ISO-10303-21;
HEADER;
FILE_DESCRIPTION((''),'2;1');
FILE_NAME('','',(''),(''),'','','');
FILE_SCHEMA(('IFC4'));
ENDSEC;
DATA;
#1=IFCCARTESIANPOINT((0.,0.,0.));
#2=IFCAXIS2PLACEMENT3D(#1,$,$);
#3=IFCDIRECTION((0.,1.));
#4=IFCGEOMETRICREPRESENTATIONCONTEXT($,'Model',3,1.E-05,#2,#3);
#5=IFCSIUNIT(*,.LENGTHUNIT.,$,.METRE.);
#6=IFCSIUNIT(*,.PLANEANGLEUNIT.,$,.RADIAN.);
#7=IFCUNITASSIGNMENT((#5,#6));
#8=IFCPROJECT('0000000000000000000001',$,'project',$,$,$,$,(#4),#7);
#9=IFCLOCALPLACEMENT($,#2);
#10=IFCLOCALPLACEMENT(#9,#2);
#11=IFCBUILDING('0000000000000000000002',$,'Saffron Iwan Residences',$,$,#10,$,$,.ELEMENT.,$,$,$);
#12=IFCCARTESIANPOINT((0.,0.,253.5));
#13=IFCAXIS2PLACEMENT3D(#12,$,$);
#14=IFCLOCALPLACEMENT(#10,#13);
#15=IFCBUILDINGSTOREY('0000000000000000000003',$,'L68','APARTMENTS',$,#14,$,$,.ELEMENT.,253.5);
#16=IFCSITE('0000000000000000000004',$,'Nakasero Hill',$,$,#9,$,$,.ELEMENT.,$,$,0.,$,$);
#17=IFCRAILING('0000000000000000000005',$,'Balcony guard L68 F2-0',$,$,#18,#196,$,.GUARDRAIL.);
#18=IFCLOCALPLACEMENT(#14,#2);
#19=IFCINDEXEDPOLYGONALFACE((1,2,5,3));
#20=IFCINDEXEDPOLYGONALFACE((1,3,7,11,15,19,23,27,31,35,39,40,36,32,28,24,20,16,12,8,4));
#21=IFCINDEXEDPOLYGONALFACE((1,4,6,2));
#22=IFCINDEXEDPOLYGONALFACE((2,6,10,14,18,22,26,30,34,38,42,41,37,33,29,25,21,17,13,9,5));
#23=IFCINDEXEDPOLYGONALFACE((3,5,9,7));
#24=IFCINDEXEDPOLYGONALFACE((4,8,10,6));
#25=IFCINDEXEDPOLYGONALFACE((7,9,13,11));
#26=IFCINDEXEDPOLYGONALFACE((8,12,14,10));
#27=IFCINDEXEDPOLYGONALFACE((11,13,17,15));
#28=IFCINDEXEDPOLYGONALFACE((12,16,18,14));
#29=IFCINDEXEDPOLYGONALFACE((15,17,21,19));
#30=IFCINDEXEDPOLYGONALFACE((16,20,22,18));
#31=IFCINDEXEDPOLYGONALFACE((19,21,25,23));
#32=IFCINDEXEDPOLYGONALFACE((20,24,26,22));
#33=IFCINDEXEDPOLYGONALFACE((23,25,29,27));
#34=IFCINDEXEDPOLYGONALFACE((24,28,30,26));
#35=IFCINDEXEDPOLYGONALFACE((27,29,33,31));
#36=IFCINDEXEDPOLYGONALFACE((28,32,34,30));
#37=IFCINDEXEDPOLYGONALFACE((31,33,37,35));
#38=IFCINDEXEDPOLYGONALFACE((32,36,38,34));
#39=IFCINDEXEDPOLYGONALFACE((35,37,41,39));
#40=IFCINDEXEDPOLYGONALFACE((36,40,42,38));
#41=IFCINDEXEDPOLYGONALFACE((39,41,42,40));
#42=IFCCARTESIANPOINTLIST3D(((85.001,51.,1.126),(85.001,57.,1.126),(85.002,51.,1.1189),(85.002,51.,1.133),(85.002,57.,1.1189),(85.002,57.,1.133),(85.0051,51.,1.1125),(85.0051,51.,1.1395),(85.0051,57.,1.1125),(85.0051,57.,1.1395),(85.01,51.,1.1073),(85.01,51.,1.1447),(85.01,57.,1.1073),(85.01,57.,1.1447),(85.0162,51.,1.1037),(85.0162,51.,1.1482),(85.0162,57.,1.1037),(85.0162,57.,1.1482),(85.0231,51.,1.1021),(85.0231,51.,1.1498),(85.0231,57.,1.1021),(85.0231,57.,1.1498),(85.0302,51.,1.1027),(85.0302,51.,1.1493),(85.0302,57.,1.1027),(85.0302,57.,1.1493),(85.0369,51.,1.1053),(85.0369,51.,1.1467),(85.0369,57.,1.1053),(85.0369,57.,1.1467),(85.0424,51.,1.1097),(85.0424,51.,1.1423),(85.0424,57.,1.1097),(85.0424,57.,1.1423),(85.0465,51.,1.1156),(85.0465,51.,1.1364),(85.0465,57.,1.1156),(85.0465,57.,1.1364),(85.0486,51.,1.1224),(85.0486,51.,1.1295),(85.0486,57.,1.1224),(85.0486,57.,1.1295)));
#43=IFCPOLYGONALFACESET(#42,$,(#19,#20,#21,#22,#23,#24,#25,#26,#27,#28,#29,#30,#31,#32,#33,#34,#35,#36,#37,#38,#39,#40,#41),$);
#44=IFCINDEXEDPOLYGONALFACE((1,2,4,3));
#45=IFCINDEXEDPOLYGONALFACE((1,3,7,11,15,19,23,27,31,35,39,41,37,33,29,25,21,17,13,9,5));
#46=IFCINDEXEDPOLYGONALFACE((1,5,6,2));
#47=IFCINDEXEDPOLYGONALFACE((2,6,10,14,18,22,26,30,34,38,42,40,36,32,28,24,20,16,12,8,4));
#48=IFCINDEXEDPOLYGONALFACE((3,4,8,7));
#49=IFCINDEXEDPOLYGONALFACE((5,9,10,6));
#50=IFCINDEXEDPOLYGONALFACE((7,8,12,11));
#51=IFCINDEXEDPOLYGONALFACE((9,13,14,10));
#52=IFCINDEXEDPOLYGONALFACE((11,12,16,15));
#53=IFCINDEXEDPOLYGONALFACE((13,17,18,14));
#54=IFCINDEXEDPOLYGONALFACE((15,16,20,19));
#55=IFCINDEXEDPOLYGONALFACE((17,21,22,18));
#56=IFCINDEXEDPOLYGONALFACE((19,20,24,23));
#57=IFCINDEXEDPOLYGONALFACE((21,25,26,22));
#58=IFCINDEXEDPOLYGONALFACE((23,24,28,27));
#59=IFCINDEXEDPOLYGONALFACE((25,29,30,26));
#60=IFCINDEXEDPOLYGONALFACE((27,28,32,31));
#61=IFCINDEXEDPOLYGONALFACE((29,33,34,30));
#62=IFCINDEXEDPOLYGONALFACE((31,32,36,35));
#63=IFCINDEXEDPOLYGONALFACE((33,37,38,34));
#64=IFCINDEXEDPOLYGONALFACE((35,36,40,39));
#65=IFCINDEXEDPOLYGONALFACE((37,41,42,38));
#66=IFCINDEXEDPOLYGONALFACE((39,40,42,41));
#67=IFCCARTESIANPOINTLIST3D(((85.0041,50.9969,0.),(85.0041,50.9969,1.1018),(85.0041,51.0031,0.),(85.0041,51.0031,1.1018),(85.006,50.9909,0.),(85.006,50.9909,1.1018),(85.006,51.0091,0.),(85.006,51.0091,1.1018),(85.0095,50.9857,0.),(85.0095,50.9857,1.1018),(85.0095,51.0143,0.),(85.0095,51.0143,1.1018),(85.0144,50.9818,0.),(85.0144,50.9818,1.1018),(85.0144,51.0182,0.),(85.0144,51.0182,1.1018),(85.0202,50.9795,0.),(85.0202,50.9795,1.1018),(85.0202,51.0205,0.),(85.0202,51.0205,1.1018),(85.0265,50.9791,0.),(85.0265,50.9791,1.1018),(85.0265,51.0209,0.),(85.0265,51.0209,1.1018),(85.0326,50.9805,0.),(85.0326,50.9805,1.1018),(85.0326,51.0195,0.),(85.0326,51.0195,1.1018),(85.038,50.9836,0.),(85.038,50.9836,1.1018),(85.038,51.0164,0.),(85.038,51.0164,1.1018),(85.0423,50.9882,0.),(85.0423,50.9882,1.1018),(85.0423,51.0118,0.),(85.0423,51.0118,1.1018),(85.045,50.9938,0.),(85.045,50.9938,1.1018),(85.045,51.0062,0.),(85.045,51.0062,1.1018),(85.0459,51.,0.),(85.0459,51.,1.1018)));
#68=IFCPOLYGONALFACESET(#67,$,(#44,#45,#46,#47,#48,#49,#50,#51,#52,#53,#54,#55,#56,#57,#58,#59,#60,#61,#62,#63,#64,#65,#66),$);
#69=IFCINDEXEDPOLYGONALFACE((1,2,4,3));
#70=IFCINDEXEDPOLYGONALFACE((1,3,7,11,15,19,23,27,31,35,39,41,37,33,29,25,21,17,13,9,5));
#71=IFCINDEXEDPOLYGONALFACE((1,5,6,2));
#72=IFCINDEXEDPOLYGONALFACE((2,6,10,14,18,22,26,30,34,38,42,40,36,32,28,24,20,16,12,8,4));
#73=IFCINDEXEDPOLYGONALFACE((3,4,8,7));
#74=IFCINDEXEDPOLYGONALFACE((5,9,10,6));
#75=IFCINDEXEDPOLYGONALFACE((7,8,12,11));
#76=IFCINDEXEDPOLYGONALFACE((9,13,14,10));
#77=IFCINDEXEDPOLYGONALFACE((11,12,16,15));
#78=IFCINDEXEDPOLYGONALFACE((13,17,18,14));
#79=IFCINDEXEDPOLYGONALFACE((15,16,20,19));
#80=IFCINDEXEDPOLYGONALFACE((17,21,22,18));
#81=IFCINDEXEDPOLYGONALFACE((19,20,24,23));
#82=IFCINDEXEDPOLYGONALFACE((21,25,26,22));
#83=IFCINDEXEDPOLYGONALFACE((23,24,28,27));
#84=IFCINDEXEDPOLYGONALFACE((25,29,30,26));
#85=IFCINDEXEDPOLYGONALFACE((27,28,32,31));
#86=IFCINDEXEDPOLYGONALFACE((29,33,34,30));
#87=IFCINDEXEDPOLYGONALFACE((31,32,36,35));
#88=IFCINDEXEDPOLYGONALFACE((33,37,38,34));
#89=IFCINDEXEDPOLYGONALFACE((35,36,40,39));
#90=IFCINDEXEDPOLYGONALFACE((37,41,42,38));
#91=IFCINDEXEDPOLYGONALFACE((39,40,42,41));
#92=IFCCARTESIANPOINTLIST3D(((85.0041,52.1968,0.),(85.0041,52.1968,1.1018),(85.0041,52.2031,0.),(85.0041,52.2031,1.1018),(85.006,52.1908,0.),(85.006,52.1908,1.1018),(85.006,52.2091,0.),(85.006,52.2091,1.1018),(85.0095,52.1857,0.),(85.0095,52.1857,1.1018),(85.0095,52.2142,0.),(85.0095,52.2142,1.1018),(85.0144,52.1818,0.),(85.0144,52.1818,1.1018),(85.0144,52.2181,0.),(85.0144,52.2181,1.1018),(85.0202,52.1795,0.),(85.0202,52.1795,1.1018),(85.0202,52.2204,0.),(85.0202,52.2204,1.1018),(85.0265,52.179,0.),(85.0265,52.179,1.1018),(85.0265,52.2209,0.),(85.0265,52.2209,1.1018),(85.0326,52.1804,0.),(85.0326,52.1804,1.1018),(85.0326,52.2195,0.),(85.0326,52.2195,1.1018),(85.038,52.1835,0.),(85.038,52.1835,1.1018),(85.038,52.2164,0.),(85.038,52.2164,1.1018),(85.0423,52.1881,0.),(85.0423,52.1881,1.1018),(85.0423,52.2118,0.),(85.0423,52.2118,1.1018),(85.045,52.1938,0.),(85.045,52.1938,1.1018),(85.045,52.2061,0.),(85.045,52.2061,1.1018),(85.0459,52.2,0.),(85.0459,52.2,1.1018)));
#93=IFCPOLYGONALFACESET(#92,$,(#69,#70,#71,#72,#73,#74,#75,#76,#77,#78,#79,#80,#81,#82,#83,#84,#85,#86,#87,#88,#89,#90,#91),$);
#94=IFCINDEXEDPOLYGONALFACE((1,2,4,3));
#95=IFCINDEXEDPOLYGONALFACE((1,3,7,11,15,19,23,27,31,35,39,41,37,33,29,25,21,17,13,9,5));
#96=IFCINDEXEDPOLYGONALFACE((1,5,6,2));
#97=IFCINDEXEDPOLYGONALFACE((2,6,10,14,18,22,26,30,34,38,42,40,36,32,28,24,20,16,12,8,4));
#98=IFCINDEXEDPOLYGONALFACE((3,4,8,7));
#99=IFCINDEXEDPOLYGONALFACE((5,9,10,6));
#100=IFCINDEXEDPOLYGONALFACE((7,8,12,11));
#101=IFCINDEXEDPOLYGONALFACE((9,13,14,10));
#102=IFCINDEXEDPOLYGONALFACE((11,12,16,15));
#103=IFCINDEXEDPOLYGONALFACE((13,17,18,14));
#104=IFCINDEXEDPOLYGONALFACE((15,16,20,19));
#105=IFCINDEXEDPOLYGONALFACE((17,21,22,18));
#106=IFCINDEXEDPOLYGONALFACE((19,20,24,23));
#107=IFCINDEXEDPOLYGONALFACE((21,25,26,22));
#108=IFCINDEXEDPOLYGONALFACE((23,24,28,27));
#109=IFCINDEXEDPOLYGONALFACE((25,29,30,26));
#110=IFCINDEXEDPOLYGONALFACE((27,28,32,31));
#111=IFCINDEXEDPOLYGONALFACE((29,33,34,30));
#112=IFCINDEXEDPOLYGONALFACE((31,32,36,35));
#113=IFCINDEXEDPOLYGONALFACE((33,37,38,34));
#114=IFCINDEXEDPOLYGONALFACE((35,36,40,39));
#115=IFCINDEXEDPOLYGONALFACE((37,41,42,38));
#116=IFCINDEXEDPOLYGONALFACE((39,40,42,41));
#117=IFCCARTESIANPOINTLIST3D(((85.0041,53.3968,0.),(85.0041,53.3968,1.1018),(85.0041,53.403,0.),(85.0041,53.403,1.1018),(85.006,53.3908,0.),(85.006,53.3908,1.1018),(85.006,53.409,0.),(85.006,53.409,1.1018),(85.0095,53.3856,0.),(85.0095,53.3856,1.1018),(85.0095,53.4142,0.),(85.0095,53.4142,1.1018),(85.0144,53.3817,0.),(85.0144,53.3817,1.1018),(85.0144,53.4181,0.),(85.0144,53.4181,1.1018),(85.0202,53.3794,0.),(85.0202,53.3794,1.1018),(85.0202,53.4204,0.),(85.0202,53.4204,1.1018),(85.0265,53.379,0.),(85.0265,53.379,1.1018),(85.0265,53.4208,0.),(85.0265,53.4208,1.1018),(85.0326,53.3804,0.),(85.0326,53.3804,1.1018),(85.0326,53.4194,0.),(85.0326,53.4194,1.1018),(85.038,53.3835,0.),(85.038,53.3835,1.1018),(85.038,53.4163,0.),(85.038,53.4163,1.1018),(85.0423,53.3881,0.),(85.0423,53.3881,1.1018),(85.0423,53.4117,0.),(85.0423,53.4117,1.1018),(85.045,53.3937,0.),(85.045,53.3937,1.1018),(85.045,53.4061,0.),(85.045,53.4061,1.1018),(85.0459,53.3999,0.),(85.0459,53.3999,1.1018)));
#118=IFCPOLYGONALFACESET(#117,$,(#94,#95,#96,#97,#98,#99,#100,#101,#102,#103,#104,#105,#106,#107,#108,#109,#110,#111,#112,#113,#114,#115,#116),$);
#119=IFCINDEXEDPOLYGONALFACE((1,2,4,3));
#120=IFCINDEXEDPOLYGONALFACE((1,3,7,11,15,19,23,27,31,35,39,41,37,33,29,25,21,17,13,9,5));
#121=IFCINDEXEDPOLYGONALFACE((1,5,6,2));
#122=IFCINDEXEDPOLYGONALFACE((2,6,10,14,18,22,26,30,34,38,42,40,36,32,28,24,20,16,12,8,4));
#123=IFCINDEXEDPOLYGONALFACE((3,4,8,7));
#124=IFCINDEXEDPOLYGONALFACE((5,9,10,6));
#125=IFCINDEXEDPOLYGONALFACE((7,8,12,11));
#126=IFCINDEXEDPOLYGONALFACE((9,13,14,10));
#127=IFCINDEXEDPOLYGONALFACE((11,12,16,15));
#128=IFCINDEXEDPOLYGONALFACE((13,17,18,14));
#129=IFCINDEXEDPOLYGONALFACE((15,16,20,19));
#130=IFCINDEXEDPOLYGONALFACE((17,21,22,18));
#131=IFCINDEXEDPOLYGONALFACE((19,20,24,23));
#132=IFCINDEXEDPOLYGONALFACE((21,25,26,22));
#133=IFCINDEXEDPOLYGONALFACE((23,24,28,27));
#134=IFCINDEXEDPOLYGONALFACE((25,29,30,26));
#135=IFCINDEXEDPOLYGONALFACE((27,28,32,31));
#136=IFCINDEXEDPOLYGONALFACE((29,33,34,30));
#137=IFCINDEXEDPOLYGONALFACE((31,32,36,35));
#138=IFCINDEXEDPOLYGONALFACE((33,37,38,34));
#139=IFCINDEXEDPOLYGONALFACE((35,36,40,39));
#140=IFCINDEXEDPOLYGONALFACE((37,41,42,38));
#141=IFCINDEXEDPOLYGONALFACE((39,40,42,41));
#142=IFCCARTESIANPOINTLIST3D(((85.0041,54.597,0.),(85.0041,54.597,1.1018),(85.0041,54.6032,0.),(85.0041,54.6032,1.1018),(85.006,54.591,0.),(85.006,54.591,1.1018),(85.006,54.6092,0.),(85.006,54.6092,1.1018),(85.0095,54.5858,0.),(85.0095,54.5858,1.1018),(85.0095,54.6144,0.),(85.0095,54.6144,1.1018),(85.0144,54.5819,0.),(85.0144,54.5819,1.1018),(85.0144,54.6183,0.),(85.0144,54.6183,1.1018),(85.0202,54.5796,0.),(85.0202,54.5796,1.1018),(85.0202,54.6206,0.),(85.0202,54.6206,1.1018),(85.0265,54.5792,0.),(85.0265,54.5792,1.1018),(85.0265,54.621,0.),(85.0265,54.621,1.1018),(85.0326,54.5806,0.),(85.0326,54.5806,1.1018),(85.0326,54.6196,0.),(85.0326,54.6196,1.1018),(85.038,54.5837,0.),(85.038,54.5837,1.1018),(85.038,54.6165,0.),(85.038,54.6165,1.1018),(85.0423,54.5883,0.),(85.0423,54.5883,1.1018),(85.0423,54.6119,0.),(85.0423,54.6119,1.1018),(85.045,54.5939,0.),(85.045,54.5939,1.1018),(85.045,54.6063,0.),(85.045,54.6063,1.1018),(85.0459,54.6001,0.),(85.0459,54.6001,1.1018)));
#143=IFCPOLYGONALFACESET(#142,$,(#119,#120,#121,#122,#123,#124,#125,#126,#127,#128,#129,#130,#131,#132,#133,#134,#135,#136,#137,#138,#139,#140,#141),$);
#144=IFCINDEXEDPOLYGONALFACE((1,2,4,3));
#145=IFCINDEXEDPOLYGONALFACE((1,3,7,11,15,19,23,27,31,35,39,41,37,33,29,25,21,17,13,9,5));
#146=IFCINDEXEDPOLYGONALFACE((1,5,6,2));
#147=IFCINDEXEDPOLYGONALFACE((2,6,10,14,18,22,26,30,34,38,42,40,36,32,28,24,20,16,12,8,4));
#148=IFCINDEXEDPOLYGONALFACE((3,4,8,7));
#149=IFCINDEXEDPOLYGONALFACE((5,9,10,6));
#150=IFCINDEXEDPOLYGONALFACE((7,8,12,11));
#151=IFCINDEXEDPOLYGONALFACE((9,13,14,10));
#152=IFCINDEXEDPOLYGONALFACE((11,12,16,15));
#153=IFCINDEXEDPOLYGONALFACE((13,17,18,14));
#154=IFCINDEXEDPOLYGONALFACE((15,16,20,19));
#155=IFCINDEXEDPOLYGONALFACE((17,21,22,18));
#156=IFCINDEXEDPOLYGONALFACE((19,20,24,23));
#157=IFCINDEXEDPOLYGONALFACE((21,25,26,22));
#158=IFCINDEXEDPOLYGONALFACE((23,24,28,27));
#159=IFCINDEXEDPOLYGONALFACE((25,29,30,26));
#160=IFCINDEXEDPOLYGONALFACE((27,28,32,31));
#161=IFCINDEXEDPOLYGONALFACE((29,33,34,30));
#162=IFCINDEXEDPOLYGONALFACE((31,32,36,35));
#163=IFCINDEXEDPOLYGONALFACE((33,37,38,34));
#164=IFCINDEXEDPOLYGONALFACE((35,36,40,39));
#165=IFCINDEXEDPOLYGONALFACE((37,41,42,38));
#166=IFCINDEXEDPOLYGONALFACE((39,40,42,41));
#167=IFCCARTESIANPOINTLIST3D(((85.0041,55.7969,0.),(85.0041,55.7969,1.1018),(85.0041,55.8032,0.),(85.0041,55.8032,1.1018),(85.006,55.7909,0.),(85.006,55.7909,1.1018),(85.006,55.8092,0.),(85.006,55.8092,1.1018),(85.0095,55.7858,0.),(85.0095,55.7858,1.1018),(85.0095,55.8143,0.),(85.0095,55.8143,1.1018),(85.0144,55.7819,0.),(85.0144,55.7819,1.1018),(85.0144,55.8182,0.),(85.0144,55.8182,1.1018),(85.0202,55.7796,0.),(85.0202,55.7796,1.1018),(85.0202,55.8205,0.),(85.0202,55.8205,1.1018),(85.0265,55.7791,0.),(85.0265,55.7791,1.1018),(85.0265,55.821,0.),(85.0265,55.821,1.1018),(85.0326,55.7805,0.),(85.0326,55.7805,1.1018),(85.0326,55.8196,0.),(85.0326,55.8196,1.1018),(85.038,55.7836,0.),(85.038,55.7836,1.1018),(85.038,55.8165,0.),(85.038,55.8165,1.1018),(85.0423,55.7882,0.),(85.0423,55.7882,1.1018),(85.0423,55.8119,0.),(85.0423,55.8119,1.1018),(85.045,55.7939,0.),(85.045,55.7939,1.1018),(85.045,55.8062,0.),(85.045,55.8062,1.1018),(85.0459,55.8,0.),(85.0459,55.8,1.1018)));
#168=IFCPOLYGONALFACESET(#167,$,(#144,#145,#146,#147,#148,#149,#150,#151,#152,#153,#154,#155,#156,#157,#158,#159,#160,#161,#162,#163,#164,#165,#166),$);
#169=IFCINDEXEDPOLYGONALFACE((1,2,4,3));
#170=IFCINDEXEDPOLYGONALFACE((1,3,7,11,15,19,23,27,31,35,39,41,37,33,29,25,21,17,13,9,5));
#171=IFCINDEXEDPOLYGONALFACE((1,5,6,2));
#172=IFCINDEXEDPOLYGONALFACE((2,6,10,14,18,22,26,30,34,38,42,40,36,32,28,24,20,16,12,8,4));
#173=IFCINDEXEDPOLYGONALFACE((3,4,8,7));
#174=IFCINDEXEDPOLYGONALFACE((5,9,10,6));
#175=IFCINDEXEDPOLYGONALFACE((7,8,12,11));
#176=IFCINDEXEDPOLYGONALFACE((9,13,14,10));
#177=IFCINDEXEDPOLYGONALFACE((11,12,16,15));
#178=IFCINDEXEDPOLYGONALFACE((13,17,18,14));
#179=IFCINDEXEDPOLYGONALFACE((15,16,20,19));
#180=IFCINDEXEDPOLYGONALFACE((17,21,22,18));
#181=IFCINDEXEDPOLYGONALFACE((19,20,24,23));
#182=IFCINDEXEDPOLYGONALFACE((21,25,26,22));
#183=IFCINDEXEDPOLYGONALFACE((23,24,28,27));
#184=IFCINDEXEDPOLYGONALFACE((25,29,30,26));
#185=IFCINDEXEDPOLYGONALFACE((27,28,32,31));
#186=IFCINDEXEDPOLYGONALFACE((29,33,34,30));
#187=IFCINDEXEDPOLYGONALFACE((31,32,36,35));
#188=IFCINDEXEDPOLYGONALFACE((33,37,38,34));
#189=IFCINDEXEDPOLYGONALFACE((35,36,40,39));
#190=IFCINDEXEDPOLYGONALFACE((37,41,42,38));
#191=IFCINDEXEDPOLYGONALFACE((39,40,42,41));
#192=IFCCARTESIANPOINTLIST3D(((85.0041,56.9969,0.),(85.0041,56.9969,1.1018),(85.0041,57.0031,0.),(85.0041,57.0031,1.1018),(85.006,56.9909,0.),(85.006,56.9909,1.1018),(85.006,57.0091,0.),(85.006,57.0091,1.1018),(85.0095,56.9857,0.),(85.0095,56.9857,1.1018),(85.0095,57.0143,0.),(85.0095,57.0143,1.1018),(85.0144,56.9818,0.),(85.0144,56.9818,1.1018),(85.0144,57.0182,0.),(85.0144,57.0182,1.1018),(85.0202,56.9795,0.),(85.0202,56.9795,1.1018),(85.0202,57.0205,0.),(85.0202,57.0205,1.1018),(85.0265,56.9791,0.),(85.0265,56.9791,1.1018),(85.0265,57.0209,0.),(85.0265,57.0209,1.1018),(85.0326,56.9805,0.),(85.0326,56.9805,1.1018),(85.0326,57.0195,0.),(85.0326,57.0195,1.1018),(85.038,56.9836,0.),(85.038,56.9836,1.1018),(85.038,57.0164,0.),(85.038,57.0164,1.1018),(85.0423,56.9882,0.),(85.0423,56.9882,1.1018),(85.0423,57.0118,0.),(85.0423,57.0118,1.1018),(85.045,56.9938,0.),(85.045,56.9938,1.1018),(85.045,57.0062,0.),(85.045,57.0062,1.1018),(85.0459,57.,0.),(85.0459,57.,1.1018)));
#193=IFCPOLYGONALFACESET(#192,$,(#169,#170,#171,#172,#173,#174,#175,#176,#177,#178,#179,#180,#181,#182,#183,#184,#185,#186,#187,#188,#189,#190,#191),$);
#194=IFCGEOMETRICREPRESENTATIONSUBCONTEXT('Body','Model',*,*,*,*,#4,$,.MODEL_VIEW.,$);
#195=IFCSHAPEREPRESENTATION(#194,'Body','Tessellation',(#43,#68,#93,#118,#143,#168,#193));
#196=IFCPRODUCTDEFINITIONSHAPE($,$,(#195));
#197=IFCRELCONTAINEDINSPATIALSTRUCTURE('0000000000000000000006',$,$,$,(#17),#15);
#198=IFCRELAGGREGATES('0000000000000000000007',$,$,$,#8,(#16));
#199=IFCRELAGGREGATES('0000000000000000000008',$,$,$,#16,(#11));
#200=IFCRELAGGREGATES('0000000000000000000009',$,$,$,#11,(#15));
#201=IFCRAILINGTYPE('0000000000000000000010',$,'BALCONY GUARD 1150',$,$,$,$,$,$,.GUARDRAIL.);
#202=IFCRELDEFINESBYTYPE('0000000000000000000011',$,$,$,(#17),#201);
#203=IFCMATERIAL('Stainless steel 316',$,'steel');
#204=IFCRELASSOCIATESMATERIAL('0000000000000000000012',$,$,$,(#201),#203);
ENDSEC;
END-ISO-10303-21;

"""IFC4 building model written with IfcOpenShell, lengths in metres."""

from ifc_helpers import new_model, si_unit, direction, frame, origin, origin_2d, place, context, subcontext, project, spatial, circle, extrude, material, type_object, element, save


model = new_model("IFC4")

# Units and contexts
model_context = context("Model", 3, precision=1e-05, world=origin(), true_north=direction((0.0, 1.0)))
body_context = subcontext(model_context, "Body", "Model", "MODEL_VIEW")
ifc_project = project(units=[si_unit("LENGTHUNIT", "METRE"), si_unit("PLANEANGLEUNIT", "RADIAN")], contexts=[model_context])

# Site, building, storey
site_placement = place(None, origin())
site = spatial("IfcSite", under=ifc_project, at=site_placement, Name="Nakasero Hill", CompositionType="ELEMENT", RefElevation=0.0)
building_placement = place(site_placement, origin())
building = spatial("IfcBuilding", under=site, at=building_placement, Name="Saffron Iwan Residences", CompositionType="ELEMENT")
storey_placement = place(building_placement, frame((0.0, 0.0, 253.5)))
storey = spatial("IfcBuildingStorey", under=building, at=storey_placement, Name="L68", Description="APARTMENTS", CompositionType="ELEMENT", Elevation=253.5)

# Railing
ifc_material_1 = material(Name="Stainless steel 316", Category="steel")
railing_type = type_object("IfcRailingType", Name="BALCONY GUARD 1150", PredefinedType="GUARDRAIL", material=ifc_material_1)
railing_placement = place(storey_placement, frame((85.0249, 51.0, 0.0)))
element("IfcRailing", 1, at=railing_placement, inside=storey, type_object=railing_type, Name="Balcony guard L68 F2-0", PredefinedType="GUARDRAIL", context=body_context, shape_type="SweptSolid", body=[
    extrude(circle(Radius=0.0239, at=origin_2d()), frame((0.0, 0.0, 1.126), z_axis=(0.0, 1.0, 0.0), x_axis=(-1.0, 0.0, 0.0)), (0.0, 0.0, 1.0), 6.0),
    extrude(circle(Radius=0.021, at=origin_2d()), origin(), (0.0, 0.0, 1.0), 1.1018),
    extrude(circle(Radius=0.021, at=origin_2d()), frame((0.0, 1.2, 0.0)), (0.0, 0.0, 1.0), 1.1018),
    extrude(circle(Radius=0.021, at=origin_2d()), frame((0.0, 2.3999, 0.0)), (0.0, 0.0, 1.0), 1.1018),
    extrude(circle(Radius=0.021, at=origin_2d()), frame((0.0, 3.6001, 0.0)), (0.0, 0.0, 1.0), 1.1018),
    extrude(circle(Radius=0.021, at=origin_2d()), frame((0.0, 4.8, 0.0)), (0.0, 0.0, 1.0), 1.1018),
    extrude(circle(Radius=0.021, at=origin_2d()), frame((0.0, 6.0, 0.0)), (0.0, 0.0, 1.0), 1.1018),
])

save(model, "model.ifc")
